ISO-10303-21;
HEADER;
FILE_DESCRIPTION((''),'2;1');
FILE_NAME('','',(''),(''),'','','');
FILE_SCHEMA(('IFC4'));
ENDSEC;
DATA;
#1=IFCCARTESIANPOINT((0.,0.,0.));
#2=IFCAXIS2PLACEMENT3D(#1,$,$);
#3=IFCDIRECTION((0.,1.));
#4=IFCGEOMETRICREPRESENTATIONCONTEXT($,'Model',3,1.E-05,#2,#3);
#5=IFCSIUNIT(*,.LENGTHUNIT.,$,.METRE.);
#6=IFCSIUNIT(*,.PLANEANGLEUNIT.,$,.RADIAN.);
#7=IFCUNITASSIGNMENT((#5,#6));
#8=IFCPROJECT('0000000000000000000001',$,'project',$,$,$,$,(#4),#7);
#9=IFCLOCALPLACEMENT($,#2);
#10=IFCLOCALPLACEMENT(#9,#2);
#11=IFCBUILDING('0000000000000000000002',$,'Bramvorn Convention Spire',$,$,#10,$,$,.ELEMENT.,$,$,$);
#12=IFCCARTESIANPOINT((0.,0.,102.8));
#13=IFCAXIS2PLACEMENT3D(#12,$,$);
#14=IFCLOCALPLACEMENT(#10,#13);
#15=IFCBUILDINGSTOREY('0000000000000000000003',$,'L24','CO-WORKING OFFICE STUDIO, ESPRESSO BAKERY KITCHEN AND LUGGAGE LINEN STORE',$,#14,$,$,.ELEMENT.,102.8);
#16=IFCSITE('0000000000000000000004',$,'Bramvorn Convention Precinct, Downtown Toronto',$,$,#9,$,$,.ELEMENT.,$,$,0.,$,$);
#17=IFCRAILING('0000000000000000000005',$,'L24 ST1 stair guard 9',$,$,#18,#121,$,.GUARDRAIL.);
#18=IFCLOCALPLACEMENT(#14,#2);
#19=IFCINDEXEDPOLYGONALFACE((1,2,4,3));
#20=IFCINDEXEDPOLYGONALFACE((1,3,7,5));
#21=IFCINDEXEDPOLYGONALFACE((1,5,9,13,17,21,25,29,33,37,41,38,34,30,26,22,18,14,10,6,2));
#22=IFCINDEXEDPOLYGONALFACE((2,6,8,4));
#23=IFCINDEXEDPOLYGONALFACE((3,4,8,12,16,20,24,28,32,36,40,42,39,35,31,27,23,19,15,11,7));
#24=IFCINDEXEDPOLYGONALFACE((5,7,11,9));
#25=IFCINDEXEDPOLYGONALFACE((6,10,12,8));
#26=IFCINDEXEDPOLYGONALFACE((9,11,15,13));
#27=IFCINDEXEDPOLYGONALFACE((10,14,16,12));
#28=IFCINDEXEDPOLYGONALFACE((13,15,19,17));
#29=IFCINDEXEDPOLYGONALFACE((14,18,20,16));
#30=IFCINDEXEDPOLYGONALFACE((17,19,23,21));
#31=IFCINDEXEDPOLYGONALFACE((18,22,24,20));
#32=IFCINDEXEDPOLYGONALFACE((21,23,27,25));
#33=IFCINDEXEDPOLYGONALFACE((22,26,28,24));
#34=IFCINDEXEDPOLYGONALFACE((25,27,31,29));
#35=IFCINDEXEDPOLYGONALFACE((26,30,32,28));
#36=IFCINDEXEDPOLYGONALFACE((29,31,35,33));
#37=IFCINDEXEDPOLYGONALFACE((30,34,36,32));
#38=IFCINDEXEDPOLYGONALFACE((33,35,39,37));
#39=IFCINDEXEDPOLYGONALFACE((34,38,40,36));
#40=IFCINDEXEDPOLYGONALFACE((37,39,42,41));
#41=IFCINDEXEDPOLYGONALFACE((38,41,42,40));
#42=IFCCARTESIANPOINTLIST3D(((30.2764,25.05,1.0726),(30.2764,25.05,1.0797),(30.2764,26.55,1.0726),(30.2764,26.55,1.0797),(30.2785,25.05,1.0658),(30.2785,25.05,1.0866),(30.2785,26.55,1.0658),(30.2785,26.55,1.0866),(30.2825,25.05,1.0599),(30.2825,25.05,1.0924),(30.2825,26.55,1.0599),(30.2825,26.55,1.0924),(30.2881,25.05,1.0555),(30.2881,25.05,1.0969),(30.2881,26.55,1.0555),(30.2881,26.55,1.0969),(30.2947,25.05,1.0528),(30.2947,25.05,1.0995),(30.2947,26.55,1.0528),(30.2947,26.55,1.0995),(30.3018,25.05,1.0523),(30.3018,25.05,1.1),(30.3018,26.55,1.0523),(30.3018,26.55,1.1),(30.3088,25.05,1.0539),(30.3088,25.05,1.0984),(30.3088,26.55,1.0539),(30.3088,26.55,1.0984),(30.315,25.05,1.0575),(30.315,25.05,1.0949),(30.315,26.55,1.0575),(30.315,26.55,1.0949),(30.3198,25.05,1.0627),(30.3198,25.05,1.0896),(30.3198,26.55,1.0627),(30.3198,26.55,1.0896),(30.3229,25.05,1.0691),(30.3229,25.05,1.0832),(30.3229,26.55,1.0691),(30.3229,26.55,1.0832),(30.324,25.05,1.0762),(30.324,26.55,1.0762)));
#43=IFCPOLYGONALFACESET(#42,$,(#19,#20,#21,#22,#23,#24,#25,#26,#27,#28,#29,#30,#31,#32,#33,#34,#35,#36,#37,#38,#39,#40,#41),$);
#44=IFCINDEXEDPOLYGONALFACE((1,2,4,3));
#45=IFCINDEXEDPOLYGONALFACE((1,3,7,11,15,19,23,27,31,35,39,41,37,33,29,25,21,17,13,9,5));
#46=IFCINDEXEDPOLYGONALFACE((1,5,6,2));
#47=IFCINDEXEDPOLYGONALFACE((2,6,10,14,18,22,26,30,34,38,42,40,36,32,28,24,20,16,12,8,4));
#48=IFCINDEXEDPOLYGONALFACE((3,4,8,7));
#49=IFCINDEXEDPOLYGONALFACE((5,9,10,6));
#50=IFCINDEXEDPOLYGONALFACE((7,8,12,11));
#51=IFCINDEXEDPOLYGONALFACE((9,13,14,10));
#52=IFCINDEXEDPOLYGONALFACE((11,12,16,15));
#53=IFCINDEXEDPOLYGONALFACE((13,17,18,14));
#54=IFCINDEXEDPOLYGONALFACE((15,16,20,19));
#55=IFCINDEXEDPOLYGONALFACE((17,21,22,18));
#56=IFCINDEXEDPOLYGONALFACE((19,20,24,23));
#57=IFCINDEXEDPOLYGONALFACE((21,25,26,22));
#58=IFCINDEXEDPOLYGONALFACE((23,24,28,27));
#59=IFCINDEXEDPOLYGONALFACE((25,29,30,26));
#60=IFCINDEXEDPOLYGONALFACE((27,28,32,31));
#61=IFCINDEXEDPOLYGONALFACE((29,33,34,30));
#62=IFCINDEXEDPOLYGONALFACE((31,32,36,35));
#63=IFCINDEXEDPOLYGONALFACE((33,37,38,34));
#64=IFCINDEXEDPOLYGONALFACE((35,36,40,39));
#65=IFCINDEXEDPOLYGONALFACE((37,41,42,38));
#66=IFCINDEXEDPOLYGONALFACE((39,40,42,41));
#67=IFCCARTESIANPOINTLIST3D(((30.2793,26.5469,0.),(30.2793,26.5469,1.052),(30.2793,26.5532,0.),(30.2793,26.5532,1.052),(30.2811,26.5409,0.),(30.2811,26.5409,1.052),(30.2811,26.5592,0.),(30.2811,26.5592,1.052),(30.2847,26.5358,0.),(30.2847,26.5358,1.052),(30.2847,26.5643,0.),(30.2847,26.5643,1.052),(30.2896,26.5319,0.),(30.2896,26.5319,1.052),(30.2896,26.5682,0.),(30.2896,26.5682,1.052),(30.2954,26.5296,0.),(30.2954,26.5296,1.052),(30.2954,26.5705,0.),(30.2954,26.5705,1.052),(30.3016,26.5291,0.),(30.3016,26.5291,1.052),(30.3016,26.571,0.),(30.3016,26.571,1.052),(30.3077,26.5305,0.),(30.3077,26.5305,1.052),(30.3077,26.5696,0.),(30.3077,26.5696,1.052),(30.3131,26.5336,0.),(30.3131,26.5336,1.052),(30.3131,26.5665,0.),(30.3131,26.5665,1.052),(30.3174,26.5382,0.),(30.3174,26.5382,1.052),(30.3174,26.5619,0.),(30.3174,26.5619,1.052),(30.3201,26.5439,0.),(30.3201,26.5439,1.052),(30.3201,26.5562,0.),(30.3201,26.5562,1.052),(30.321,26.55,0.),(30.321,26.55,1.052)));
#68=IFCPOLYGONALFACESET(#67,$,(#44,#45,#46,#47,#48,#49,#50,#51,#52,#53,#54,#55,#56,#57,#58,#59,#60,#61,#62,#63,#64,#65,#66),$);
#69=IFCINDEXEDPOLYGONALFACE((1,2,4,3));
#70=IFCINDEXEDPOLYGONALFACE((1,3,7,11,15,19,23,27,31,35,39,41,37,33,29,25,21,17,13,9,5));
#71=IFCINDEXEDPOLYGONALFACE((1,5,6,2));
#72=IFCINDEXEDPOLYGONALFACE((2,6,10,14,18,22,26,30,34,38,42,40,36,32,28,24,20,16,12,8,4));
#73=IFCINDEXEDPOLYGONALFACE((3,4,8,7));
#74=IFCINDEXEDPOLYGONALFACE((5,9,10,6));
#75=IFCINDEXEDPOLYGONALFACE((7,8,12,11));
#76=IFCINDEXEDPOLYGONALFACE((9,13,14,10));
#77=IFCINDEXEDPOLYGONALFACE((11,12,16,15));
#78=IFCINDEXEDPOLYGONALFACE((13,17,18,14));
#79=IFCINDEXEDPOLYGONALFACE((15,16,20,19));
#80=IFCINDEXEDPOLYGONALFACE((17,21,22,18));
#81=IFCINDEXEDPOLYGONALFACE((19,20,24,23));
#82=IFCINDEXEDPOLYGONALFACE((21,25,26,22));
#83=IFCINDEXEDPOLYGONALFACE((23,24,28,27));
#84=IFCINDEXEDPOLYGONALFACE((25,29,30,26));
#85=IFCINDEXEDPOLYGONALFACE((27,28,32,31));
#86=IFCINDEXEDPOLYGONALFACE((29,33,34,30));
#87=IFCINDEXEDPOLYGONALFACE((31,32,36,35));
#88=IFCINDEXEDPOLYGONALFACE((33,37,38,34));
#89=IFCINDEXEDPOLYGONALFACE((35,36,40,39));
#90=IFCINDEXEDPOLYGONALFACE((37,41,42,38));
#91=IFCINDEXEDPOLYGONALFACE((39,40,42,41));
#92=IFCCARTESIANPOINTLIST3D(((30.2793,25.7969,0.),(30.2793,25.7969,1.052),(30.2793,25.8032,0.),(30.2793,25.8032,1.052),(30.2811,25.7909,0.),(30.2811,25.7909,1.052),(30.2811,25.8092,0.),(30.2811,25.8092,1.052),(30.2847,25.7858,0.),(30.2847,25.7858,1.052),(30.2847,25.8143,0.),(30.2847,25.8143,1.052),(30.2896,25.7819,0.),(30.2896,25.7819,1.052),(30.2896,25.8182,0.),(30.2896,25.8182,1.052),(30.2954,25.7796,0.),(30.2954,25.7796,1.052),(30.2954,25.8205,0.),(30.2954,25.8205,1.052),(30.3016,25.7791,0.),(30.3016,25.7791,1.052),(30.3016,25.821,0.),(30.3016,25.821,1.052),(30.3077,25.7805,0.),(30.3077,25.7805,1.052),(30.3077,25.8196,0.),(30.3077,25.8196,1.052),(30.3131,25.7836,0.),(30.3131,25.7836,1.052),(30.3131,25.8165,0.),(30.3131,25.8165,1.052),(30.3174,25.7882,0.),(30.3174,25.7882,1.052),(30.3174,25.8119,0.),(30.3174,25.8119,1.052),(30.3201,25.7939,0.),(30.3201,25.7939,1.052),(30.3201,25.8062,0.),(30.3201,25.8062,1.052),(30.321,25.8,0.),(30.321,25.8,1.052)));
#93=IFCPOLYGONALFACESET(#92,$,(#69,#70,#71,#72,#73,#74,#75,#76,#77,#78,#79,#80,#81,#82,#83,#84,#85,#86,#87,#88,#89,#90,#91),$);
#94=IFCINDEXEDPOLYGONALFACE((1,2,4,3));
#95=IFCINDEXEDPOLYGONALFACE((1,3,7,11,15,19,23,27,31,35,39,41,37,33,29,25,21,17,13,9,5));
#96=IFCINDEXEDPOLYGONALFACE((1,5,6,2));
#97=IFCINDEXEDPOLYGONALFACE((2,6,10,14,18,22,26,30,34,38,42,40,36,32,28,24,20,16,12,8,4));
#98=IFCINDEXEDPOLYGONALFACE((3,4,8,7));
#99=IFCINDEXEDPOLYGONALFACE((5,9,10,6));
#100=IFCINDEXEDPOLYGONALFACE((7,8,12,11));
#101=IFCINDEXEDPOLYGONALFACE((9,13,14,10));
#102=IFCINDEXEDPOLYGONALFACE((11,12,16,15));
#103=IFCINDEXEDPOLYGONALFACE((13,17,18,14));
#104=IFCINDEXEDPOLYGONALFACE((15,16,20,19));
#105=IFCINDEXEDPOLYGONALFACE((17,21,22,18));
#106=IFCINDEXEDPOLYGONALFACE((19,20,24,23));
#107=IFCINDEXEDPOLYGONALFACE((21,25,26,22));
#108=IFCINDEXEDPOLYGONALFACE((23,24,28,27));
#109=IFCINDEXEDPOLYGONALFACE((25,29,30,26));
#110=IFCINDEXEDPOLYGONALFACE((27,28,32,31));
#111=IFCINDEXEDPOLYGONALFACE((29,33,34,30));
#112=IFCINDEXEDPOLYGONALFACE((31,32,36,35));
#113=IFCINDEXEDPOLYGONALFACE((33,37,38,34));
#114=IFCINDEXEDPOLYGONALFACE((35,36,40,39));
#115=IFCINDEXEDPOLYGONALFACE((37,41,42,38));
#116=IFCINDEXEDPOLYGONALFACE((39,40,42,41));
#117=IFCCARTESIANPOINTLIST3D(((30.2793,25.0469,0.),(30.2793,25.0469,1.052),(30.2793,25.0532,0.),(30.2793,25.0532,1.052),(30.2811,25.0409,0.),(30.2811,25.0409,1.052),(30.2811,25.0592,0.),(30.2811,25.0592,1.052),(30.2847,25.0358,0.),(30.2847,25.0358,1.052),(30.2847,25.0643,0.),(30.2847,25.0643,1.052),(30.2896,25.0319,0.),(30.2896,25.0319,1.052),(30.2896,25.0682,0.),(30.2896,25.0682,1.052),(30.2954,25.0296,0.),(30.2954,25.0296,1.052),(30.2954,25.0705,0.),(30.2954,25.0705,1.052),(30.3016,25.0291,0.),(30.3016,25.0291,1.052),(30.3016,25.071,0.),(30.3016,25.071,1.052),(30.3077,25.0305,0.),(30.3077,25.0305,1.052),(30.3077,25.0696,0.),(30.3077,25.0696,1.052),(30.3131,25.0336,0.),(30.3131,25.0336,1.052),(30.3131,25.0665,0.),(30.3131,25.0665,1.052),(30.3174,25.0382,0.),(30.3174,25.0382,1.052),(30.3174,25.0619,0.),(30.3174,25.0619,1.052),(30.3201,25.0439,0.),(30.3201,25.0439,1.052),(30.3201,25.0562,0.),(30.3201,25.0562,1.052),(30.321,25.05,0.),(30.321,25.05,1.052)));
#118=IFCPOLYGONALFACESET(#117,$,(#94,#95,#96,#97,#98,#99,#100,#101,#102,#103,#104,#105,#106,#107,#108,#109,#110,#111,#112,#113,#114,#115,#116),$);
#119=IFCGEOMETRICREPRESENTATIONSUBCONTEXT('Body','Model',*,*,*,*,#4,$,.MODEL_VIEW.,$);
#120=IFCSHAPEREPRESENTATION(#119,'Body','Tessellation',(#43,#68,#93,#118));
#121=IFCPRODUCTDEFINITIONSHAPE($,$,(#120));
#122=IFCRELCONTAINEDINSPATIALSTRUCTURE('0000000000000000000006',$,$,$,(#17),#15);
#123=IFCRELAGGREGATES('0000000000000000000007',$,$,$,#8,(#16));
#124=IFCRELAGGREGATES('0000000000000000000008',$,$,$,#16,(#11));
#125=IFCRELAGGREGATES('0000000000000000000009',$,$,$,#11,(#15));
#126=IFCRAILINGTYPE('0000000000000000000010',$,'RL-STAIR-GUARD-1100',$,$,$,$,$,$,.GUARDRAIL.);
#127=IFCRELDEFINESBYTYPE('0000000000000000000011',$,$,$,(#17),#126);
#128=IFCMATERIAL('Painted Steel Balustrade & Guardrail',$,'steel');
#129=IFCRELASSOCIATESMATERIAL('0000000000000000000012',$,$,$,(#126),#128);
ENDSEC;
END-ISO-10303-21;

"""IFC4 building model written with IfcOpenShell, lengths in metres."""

from ifc_helpers import new_model, si_unit, direction, frame, origin, origin_2d, place, context, subcontext, project, spatial, circle, extrude, material, type_object, element, save


model = new_model("IFC4")

# Units and contexts
model_context = context("Model", 3, precision=1e-05, world=origin(), true_north=direction((0.0, 1.0)))
body_context = subcontext(model_context, "Body", "Model", "MODEL_VIEW")
ifc_project = project(units=[si_unit("LENGTHUNIT", "METRE"), si_unit("PLANEANGLEUNIT", "RADIAN")], contexts=[model_context])

# Site, building, storey
site_placement = place(None, origin())
site = spatial("IfcSite", under=ifc_project, at=site_placement, Name="Bramvorn Convention Precinct, Downtown Toronto", CompositionType="ELEMENT", RefElevation=0.0)
building_placement = place(site_placement, origin())
building = spatial("IfcBuilding", under=site, at=building_placement, Name="Bramvorn Convention Spire", CompositionType="ELEMENT")
storey_placement = place(building_placement, frame((0.0, 0.0, 102.8)))
storey = spatial("IfcBuildingStorey", under=building, at=storey_placement, Name="L24", Description="CO-WORKING OFFICE STUDIO, ESPRESSO BAKERY KITCHEN AND LUGGAGE LINEN STORE", CompositionType="ELEMENT", Elevation=102.8)

# Railing
ifc_material_1 = material(Name="Painted Steel Balustrade & Guardrail", Category="steel")
railing_type_1 = type_object("IfcRailingType", Name="RL-STAIR-GUARD-1100", PredefinedType="GUARDRAIL", material=ifc_material_1)
for number, where, name in (
    (1, (30.3, 26.55, 0.0), "L24 ST1 stair guard 9"),
):
    element("IfcRailing", number, at=place(storey_placement, frame(where)), inside=storey, type_object=railing_type_1, Name=name, PredefinedType="GUARDRAIL", context=body_context, shape_type="SweptSolid", body=[
        extrude(circle(Radius=0.0239, at=origin_2d()), frame((0.0, 0.0, 1.0762), z_axis=(0.0, -1.0, 0.0), x_axis=(1.0, 0.0, 0.0)), (0.0, 0.0, 1.0), 1.5),
        extrude(circle(Radius=0.021, at=origin_2d()), origin(), (0.0, 0.0, 1.0), 1.052),
        extrude(circle(Radius=0.021, at=origin_2d()), frame((0.0, -0.75, 0.0)), (0.0, 0.0, 1.0), 1.052),
        extrude(circle(Radius=0.021, at=origin_2d()), frame((0.0, -1.5, 0.0)), (0.0, 0.0, 1.0), 1.052),
    ])

save(model, "model.ifc")
